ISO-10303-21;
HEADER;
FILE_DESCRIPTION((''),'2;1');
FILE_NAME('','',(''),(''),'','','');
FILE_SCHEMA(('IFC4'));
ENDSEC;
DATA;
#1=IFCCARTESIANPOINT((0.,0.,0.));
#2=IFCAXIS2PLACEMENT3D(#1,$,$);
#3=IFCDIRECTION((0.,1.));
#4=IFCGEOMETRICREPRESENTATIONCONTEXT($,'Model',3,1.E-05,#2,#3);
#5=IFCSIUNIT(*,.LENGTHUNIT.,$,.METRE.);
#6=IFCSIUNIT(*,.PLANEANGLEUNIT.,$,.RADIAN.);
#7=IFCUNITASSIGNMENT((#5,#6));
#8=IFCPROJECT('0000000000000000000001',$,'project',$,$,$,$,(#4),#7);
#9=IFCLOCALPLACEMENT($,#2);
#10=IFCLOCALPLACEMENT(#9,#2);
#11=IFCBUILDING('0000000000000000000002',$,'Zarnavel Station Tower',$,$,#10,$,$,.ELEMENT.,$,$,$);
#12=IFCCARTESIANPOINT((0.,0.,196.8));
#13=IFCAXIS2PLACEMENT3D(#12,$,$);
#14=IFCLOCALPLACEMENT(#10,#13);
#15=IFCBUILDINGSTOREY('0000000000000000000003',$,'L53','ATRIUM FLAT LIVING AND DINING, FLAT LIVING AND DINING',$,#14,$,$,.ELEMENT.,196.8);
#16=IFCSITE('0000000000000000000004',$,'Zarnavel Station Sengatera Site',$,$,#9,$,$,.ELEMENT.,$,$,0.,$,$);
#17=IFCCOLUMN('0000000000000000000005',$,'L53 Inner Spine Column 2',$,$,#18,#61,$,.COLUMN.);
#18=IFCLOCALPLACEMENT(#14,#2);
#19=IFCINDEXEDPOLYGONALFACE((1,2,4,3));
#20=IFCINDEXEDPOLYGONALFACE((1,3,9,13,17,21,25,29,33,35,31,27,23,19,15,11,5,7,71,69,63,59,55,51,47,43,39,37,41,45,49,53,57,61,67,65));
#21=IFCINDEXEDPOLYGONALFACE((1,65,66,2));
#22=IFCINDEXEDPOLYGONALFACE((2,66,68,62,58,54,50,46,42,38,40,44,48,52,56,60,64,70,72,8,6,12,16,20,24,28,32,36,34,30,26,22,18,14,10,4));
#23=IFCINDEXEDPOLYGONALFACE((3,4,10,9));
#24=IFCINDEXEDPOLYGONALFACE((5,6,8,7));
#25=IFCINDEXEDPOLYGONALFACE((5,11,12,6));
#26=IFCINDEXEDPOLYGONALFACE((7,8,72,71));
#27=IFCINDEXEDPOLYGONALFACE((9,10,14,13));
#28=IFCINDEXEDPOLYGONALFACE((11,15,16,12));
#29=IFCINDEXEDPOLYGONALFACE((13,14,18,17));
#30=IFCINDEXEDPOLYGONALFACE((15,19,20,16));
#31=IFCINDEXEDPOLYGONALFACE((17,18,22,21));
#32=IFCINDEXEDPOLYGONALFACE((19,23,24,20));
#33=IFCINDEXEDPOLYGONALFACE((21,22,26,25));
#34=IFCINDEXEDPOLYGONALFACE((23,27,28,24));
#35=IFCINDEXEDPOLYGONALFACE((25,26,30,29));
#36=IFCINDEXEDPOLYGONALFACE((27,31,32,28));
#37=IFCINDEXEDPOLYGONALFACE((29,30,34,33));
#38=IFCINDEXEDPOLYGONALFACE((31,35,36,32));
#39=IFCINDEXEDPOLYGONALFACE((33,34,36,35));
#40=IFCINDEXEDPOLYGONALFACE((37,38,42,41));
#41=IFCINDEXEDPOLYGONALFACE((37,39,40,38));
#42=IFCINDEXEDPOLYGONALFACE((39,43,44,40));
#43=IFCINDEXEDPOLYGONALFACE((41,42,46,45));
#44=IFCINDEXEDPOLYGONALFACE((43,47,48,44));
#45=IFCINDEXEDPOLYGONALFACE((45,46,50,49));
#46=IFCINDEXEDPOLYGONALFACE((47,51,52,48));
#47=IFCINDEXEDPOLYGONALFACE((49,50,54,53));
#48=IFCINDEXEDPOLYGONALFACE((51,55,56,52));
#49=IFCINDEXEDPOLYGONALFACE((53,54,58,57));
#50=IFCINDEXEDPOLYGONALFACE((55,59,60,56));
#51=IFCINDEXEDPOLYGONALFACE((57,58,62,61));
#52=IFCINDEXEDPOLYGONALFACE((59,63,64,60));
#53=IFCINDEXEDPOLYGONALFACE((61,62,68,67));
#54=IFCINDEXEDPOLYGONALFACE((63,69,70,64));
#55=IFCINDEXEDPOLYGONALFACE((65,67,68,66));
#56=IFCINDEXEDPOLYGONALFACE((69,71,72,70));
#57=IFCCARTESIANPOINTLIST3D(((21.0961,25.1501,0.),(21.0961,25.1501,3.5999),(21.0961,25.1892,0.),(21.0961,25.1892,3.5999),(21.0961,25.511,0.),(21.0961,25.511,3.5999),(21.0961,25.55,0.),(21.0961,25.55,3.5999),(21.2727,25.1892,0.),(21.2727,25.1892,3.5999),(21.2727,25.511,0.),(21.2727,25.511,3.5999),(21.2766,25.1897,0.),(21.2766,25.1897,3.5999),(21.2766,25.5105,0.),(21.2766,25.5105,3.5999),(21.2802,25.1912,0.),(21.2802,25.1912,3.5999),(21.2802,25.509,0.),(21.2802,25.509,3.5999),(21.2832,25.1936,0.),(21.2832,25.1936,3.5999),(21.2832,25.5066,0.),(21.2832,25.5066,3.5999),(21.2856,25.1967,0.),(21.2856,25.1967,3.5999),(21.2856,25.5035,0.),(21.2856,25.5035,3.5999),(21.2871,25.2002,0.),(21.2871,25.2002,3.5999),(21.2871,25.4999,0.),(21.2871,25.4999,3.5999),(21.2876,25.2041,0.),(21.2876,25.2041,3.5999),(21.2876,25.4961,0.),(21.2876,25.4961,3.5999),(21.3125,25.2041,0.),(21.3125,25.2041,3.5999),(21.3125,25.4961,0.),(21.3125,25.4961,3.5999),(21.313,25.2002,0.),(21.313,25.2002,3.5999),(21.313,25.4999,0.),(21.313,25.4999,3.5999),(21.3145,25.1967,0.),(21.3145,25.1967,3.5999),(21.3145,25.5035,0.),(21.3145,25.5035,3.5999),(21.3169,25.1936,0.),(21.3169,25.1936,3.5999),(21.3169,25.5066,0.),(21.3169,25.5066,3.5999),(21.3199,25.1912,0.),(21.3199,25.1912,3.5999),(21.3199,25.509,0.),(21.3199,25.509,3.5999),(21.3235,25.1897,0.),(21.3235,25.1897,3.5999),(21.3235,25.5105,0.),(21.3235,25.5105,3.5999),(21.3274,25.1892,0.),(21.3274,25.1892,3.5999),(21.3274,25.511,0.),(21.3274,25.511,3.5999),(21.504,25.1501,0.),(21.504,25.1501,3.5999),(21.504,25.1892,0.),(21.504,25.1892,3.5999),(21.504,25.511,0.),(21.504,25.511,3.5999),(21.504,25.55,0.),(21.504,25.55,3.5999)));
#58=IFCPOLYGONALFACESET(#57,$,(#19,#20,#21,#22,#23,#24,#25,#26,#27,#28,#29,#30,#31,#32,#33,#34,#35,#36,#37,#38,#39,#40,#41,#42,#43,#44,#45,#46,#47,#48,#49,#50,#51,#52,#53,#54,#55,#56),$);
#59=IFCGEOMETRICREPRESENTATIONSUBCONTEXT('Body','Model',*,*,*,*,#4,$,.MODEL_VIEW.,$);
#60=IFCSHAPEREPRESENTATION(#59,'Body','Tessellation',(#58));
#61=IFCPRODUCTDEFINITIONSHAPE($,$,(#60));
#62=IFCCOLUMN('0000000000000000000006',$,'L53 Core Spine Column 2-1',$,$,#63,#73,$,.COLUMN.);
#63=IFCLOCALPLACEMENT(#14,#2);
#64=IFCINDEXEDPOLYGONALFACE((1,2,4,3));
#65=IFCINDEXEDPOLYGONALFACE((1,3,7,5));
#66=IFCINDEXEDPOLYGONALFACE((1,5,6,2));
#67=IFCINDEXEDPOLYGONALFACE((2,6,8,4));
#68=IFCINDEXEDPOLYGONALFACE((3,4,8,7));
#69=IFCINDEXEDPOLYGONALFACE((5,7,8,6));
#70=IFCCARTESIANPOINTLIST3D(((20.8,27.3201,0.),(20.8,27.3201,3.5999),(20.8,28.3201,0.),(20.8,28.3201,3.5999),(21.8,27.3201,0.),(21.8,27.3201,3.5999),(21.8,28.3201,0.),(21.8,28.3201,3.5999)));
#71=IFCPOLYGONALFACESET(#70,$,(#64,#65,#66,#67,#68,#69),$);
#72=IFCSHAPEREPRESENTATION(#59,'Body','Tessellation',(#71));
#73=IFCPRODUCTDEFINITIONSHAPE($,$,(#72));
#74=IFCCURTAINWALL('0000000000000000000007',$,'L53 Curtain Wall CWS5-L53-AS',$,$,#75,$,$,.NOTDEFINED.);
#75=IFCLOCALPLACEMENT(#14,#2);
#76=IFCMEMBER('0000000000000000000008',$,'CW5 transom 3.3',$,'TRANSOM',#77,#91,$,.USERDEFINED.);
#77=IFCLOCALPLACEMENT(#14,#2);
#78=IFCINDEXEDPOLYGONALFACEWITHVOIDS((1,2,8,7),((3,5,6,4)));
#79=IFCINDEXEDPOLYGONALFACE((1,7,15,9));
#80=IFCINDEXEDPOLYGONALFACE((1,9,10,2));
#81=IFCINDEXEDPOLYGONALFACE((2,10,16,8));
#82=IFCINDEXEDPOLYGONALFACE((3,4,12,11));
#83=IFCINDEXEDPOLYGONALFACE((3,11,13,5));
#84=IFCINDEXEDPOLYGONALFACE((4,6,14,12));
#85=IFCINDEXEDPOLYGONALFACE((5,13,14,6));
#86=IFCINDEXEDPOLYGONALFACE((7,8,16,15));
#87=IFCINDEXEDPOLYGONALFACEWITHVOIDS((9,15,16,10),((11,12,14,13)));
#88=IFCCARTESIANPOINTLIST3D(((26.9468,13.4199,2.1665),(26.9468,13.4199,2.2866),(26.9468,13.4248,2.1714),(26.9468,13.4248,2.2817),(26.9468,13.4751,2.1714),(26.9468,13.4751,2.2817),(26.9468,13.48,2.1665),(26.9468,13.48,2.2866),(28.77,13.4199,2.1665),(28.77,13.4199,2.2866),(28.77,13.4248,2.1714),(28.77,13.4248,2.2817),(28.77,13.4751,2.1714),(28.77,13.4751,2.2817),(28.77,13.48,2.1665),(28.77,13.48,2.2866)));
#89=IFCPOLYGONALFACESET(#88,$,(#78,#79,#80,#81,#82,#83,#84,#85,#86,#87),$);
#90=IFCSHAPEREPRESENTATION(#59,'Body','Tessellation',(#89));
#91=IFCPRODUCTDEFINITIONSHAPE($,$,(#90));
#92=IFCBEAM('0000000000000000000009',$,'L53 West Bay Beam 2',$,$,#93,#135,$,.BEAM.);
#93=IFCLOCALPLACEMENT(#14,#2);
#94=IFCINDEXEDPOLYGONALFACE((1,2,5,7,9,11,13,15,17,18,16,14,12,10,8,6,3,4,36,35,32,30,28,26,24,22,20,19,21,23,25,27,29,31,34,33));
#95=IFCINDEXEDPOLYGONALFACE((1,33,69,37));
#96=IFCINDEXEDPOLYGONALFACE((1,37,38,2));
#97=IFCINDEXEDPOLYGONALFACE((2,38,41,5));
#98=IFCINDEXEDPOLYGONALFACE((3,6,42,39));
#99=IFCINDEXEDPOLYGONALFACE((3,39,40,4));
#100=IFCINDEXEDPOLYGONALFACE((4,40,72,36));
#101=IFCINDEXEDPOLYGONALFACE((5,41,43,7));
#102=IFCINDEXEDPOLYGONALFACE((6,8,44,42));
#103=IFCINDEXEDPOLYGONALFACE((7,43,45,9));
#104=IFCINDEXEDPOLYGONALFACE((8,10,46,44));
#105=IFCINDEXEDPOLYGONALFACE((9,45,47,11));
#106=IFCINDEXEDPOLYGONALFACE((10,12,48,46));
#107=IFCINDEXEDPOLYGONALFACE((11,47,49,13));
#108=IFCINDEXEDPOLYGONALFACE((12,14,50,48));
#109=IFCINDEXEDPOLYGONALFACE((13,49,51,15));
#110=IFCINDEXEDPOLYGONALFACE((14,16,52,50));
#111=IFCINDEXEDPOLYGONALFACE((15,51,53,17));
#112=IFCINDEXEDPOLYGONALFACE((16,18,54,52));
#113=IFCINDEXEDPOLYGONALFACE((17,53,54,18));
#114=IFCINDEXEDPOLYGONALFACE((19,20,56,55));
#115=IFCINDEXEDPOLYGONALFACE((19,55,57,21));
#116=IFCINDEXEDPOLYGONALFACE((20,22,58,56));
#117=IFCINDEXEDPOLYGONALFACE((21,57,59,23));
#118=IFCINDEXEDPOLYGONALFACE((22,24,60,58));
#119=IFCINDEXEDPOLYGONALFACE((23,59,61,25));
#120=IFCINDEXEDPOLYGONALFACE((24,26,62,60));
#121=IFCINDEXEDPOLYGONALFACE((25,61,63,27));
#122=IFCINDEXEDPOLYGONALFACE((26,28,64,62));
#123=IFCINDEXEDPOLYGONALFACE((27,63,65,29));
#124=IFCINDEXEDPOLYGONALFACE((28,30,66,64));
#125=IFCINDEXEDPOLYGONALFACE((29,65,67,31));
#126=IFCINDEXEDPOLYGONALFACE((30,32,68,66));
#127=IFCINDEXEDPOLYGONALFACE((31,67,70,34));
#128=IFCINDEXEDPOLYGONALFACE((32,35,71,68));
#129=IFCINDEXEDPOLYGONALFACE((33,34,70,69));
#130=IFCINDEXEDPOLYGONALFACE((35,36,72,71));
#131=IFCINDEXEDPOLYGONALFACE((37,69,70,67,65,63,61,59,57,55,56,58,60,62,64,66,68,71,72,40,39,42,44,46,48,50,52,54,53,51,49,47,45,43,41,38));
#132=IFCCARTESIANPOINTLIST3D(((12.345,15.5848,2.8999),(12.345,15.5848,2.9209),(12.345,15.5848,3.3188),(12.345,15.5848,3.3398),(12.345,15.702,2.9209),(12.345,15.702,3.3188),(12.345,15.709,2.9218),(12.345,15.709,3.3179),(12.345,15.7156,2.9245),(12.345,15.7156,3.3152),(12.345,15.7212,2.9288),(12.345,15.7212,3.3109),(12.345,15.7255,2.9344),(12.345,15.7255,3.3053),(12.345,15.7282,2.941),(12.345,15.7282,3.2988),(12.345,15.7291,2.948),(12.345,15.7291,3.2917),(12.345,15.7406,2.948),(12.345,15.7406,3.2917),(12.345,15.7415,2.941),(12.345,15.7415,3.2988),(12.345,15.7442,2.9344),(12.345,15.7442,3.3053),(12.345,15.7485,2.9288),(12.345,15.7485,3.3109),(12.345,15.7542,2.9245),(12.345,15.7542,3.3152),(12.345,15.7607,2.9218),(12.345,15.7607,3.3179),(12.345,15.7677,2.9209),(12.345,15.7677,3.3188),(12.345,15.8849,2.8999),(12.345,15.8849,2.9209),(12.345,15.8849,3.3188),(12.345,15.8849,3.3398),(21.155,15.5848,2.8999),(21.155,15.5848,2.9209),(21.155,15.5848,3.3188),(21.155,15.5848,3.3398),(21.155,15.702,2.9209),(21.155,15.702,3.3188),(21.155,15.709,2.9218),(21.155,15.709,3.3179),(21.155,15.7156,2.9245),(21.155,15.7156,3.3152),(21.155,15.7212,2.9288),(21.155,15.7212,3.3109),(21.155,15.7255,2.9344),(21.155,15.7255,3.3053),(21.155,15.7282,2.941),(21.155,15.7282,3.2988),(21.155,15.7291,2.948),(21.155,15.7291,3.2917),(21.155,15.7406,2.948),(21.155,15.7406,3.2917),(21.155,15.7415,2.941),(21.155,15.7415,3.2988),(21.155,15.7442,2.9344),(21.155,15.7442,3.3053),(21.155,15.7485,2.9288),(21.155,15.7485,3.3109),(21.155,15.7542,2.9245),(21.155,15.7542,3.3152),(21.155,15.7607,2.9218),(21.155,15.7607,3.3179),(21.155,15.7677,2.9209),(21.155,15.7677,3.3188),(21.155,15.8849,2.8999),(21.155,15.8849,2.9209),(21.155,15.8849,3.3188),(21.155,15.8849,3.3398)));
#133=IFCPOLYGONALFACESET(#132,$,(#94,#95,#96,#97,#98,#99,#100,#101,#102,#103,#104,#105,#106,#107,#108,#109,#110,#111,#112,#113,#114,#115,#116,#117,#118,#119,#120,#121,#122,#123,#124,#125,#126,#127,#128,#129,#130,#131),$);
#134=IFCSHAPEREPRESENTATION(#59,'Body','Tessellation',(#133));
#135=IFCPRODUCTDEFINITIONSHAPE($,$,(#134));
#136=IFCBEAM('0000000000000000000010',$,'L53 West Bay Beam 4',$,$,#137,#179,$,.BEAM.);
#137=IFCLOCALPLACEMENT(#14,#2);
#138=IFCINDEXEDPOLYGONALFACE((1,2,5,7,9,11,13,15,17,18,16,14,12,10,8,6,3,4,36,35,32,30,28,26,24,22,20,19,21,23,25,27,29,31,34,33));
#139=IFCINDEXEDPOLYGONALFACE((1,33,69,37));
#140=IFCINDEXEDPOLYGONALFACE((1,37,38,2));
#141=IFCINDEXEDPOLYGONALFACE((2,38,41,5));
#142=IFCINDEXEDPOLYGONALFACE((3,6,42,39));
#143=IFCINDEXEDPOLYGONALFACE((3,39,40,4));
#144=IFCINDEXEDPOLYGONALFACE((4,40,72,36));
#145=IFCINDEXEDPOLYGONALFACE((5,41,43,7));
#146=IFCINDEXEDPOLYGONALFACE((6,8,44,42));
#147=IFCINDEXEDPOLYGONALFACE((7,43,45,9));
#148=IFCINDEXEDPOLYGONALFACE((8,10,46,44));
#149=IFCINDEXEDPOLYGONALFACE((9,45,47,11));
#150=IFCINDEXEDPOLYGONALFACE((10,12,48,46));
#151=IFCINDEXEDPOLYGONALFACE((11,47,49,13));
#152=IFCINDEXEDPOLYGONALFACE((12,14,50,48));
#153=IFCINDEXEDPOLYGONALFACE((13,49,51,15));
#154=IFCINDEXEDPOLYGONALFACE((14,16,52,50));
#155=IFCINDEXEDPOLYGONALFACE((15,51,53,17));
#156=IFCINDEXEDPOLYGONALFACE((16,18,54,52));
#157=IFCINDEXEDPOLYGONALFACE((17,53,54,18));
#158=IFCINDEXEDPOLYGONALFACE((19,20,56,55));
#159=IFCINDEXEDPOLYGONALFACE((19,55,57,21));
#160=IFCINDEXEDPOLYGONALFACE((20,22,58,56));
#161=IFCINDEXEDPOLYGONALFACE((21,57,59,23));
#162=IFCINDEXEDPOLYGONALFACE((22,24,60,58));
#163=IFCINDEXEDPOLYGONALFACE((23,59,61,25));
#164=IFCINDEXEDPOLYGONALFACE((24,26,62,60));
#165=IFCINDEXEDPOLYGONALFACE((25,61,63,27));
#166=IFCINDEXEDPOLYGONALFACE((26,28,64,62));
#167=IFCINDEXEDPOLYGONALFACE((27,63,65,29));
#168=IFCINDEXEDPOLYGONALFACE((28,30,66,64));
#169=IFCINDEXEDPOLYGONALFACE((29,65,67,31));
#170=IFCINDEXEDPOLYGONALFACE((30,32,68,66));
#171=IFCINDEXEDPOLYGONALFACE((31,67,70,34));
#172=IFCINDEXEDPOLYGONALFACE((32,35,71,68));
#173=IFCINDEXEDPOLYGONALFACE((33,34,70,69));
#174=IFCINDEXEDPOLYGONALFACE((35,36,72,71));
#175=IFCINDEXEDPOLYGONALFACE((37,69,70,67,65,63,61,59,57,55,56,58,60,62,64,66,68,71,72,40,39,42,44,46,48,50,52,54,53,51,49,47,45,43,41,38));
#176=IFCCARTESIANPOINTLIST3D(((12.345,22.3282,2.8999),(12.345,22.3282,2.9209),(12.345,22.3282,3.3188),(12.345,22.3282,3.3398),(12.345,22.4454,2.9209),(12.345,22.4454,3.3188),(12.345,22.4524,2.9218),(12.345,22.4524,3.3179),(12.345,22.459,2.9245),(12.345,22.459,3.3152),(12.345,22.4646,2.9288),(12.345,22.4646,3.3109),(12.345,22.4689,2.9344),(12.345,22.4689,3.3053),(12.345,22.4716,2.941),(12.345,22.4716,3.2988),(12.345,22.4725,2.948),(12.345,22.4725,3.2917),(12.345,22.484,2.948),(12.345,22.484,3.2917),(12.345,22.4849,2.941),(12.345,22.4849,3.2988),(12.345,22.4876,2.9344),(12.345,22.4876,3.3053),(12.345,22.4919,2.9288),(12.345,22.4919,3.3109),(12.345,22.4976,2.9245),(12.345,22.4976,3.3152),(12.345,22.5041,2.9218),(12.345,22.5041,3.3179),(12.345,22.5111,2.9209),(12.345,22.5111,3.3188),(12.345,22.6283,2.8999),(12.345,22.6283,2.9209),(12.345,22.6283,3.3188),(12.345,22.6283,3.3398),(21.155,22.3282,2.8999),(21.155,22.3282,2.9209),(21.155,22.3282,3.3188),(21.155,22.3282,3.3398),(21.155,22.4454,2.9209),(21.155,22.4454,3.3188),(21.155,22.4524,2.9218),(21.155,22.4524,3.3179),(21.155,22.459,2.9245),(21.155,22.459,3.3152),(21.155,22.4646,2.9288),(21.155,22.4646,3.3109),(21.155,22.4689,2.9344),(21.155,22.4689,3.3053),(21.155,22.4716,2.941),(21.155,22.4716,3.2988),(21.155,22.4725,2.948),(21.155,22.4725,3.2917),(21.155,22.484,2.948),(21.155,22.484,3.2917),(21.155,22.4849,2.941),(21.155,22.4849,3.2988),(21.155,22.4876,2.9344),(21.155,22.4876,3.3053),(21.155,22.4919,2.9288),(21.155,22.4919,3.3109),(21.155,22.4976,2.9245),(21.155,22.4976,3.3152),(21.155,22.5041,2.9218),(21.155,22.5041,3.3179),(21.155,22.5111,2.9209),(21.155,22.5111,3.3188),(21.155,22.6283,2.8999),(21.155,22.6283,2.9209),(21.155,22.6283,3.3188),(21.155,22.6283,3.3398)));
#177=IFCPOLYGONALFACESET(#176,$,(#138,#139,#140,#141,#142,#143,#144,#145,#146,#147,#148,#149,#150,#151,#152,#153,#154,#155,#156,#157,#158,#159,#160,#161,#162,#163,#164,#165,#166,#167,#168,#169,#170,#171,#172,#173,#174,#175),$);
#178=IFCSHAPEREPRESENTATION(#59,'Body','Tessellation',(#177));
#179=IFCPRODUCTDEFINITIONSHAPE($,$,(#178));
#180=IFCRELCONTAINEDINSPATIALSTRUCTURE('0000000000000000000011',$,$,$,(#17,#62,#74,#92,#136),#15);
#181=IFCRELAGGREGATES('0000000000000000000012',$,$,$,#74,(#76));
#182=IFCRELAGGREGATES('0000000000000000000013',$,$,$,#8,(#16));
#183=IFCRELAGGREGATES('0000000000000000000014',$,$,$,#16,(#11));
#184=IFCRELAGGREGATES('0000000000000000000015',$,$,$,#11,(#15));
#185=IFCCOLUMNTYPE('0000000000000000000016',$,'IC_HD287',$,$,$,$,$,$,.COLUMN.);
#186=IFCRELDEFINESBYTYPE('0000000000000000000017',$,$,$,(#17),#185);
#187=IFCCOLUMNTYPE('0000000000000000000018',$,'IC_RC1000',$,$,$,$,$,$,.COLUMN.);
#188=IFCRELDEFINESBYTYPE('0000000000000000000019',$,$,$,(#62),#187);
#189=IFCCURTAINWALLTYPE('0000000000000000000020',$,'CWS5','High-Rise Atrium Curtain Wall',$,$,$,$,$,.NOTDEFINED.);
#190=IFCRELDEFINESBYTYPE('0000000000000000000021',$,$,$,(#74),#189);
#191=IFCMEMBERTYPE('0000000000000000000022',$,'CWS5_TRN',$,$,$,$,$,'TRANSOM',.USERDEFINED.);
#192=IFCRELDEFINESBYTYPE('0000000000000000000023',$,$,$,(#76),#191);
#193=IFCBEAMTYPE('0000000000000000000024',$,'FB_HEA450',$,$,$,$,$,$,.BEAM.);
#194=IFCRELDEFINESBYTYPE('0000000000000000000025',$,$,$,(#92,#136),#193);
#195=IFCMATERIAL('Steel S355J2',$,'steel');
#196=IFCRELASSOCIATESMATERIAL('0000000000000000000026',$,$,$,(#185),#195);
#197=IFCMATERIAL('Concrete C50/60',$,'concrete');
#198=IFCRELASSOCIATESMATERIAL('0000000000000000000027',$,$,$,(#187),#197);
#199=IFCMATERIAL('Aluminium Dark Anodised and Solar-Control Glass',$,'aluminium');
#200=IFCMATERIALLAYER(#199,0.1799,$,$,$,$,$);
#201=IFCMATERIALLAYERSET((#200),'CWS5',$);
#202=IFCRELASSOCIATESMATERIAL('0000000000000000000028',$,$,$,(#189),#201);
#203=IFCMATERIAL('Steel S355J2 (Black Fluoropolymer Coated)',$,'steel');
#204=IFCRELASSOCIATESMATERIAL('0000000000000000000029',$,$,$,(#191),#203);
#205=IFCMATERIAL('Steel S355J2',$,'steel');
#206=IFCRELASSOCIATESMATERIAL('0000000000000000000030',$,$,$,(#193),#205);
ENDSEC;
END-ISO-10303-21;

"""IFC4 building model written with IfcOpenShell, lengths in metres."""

from ifc_helpers import new_model, si_unit, direction, frame, origin, origin_2d, place, context, subcontext, project, spatial, rectangle, hollow_rectangle, i_section, extrude, material, layer, layer_set, material_profile, profile_set, type_object, element, aggregate, save


model = new_model("IFC4")

# Units and contexts
model_context = context("Model", 3, precision=1e-05, world=origin(), true_north=direction((0.0, 1.0)))
body_context = subcontext(model_context, "Body", "Model", "MODEL_VIEW")
ifc_project = project(units=[si_unit("LENGTHUNIT", "METRE"), si_unit("PLANEANGLEUNIT", "RADIAN")], contexts=[model_context])

# Site, building, storey
site_placement = place(None, origin())
site = spatial("IfcSite", under=ifc_project, at=site_placement, Name="Zarnavel Station Sengatera Site", CompositionType="ELEMENT", RefElevation=0.0)
building_placement = place(site_placement, origin())
building = spatial("IfcBuilding", under=site, at=building_placement, Name="Zarnavel Station Tower", CompositionType="ELEMENT")
storey_placement = place(building_placement, frame((0.0, 0.0, 196.8)))
storey = spatial("IfcBuildingStorey", under=building, at=storey_placement, Name="L53", Description="ATRIUM FLAT LIVING AND DINING, FLAT LIVING AND DINING", CompositionType="ELEMENT", Elevation=196.8)

# Columns
ifc_material_1 = material(Name="Steel S355J2", Category="steel")
ifc_material_profile_1 = material_profile(ifc_material_1, i_section(OverallWidth=0.408, OverallDepth=0.3999, WebThickness=0.0249, FlangeThickness=0.0391, FilletRadius=0.0149, at=origin_2d()), Name="HD400x287")
ifc_profile_set_1 = profile_set([ifc_material_profile_1], Name="Steel S355J2")
column_type_1 = type_object("IfcColumnType", Name="IC_HD287", PredefinedType="COLUMN", material=ifc_profile_set_1)
column_1_placement = place(storey_placement, frame((21.3, 25.3501, 0.0), z_axis=(0.0, 0.0, 1.0), x_axis=(1.0, 0.0, 0.0)))
element("IfcColumn", 1, at=column_1_placement, inside=storey, type_object=column_type_1, Name="L53 Inner Spine Column 2", PredefinedType="COLUMN", context=body_context, shape_type="SweptSolid", body=[
    extrude(i_section(OverallWidth=0.408, OverallDepth=0.3999, WebThickness=0.0249, FlangeThickness=0.0391, FilletRadius=0.0149, at=origin_2d()), origin(), (0.0, 0.0, 1.0), 3.5999),
])
ifc_material_2 = material(Name="Concrete C50/60", Category="concrete")
ifc_material_profile_2 = material_profile(ifc_material_2, rectangle(XDim=1.0, YDim=1.0, at=origin_2d()), Name="RC1000x1000")
ifc_profile_set_2 = profile_set([ifc_material_profile_2], Name="Concrete C50/60")
column_type_2 = type_object("IfcColumnType", Name="IC_RC1000", PredefinedType="COLUMN", material=ifc_profile_set_2)
column_2_placement = place(storey_placement, frame((21.3, 27.8201, 0.0), z_axis=(0.0, 0.0, 1.0), x_axis=(1.0, 0.0, 0.0)))
element("IfcColumn", 2, at=column_2_placement, inside=storey, type_object=column_type_2, Name="L53 Core Spine Column 2-1", PredefinedType="COLUMN", context=body_context, shape_type="SweptSolid", body=[
    extrude(rectangle(XDim=1.0, YDim=1.0, at=origin_2d()), origin(), (0.0, 0.0, 1.0), 3.5999),
])

# Curtain wall, member
ifc_material_3 = material(Name="Aluminium Dark Anodised and Solar-Control Glass", Category="aluminium")
ifc_layer_1 = layer(ifc_material_3, 0.1799)
ifc_layer_set_1 = layer_set([ifc_layer_1], Name="CWS5")
curtain_wall_type = type_object("IfcCurtainWallType", Name="CWS5", Description="High-Rise Atrium Curtain Wall", PredefinedType="NOTDEFINED", material=ifc_layer_set_1)
curtain_wall_placement = place(storey_placement, origin())
curtain_wall = element("IfcCurtainWall", 3, at=curtain_wall_placement, inside=storey, type_object=curtain_wall_type, Name="L53 Curtain Wall CWS5-L53-AS", PredefinedType="NOTDEFINED")
ifc_material_4 = material(Name="Steel S355J2 (Black Fluoropolymer Coated)", Category="steel")
ifc_material_profile_3 = material_profile(ifc_material_4, hollow_rectangle(XDim=0.0601, YDim=0.1201, WallThickness=0.0049, at=origin_2d()), Name="RHS120x60x5")
ifc_profile_set_3 = profile_set([ifc_material_profile_3], Name="Steel S355J2 (Black Fluoropolymer Coated)")
member_type = type_object("IfcMemberType", Name="CWS5_TRN", ElementType="TRANSOM", PredefinedType="USERDEFINED", material=ifc_profile_set_3)
member_placement = place(storey_placement, frame((26.9468, 13.45, 2.2266), z_axis=(1.0, 0.0, 0.0), x_axis=(0.0, 1.0, 0.0)))
member = element("IfcMember", 4, at=member_placement, type_object=member_type, Name="CW5 transom 3.3", ObjectType="TRANSOM", PredefinedType="USERDEFINED", context=body_context, shape_type="SweptSolid", body=[
    extrude(hollow_rectangle(XDim=0.0601, YDim=0.1201, WallThickness=0.0049, at=origin_2d()), origin(), (0.0, 0.0, 1.0), 1.8232),
])
aggregate(curtain_wall, [member])

# Beams
ifc_material_5 = material(Name="Steel S355J2", Category="steel")
ifc_material_profile_4 = material_profile(ifc_material_5, i_section(OverallWidth=0.3, OverallDepth=0.4399, WebThickness=0.0115, FlangeThickness=0.021, FilletRadius=0.0271, at=origin_2d()), Name="HEA450")
ifc_profile_set_4 = profile_set([ifc_material_profile_4], Name="Steel S355J2")
beam_type_1 = type_object("IfcBeamType", Name="FB_HEA450", PredefinedType="BEAM", material=ifc_profile_set_4)
for number, where, z_axis, x_axis, name in (
    (5, (12.345, 15.7349, 3.1199), (1.0, 0.0, 0.0), (0.0, 1.0, 0.0), "L53 West Bay Beam 2"),
    (6, (12.345, 22.4783, 3.1199), (1.0, 0.0, 0.0), (0.0, 1.0, 0.0), "L53 West Bay Beam 4"),
):
    element("IfcBeam", number, at=place(storey_placement, frame(where, z_axis=z_axis, x_axis=x_axis)), inside=storey, type_object=beam_type_1, Name=name, PredefinedType="BEAM", context=body_context, shape_type="SweptSolid", body=[
        extrude(i_section(OverallWidth=0.3, OverallDepth=0.4399, WebThickness=0.0115, FlangeThickness=0.021, FilletRadius=0.0271, at=origin_2d()), origin(), (0.0, 0.0, 1.0), 8.8101),
    ])

save(model, "model.ifc")
